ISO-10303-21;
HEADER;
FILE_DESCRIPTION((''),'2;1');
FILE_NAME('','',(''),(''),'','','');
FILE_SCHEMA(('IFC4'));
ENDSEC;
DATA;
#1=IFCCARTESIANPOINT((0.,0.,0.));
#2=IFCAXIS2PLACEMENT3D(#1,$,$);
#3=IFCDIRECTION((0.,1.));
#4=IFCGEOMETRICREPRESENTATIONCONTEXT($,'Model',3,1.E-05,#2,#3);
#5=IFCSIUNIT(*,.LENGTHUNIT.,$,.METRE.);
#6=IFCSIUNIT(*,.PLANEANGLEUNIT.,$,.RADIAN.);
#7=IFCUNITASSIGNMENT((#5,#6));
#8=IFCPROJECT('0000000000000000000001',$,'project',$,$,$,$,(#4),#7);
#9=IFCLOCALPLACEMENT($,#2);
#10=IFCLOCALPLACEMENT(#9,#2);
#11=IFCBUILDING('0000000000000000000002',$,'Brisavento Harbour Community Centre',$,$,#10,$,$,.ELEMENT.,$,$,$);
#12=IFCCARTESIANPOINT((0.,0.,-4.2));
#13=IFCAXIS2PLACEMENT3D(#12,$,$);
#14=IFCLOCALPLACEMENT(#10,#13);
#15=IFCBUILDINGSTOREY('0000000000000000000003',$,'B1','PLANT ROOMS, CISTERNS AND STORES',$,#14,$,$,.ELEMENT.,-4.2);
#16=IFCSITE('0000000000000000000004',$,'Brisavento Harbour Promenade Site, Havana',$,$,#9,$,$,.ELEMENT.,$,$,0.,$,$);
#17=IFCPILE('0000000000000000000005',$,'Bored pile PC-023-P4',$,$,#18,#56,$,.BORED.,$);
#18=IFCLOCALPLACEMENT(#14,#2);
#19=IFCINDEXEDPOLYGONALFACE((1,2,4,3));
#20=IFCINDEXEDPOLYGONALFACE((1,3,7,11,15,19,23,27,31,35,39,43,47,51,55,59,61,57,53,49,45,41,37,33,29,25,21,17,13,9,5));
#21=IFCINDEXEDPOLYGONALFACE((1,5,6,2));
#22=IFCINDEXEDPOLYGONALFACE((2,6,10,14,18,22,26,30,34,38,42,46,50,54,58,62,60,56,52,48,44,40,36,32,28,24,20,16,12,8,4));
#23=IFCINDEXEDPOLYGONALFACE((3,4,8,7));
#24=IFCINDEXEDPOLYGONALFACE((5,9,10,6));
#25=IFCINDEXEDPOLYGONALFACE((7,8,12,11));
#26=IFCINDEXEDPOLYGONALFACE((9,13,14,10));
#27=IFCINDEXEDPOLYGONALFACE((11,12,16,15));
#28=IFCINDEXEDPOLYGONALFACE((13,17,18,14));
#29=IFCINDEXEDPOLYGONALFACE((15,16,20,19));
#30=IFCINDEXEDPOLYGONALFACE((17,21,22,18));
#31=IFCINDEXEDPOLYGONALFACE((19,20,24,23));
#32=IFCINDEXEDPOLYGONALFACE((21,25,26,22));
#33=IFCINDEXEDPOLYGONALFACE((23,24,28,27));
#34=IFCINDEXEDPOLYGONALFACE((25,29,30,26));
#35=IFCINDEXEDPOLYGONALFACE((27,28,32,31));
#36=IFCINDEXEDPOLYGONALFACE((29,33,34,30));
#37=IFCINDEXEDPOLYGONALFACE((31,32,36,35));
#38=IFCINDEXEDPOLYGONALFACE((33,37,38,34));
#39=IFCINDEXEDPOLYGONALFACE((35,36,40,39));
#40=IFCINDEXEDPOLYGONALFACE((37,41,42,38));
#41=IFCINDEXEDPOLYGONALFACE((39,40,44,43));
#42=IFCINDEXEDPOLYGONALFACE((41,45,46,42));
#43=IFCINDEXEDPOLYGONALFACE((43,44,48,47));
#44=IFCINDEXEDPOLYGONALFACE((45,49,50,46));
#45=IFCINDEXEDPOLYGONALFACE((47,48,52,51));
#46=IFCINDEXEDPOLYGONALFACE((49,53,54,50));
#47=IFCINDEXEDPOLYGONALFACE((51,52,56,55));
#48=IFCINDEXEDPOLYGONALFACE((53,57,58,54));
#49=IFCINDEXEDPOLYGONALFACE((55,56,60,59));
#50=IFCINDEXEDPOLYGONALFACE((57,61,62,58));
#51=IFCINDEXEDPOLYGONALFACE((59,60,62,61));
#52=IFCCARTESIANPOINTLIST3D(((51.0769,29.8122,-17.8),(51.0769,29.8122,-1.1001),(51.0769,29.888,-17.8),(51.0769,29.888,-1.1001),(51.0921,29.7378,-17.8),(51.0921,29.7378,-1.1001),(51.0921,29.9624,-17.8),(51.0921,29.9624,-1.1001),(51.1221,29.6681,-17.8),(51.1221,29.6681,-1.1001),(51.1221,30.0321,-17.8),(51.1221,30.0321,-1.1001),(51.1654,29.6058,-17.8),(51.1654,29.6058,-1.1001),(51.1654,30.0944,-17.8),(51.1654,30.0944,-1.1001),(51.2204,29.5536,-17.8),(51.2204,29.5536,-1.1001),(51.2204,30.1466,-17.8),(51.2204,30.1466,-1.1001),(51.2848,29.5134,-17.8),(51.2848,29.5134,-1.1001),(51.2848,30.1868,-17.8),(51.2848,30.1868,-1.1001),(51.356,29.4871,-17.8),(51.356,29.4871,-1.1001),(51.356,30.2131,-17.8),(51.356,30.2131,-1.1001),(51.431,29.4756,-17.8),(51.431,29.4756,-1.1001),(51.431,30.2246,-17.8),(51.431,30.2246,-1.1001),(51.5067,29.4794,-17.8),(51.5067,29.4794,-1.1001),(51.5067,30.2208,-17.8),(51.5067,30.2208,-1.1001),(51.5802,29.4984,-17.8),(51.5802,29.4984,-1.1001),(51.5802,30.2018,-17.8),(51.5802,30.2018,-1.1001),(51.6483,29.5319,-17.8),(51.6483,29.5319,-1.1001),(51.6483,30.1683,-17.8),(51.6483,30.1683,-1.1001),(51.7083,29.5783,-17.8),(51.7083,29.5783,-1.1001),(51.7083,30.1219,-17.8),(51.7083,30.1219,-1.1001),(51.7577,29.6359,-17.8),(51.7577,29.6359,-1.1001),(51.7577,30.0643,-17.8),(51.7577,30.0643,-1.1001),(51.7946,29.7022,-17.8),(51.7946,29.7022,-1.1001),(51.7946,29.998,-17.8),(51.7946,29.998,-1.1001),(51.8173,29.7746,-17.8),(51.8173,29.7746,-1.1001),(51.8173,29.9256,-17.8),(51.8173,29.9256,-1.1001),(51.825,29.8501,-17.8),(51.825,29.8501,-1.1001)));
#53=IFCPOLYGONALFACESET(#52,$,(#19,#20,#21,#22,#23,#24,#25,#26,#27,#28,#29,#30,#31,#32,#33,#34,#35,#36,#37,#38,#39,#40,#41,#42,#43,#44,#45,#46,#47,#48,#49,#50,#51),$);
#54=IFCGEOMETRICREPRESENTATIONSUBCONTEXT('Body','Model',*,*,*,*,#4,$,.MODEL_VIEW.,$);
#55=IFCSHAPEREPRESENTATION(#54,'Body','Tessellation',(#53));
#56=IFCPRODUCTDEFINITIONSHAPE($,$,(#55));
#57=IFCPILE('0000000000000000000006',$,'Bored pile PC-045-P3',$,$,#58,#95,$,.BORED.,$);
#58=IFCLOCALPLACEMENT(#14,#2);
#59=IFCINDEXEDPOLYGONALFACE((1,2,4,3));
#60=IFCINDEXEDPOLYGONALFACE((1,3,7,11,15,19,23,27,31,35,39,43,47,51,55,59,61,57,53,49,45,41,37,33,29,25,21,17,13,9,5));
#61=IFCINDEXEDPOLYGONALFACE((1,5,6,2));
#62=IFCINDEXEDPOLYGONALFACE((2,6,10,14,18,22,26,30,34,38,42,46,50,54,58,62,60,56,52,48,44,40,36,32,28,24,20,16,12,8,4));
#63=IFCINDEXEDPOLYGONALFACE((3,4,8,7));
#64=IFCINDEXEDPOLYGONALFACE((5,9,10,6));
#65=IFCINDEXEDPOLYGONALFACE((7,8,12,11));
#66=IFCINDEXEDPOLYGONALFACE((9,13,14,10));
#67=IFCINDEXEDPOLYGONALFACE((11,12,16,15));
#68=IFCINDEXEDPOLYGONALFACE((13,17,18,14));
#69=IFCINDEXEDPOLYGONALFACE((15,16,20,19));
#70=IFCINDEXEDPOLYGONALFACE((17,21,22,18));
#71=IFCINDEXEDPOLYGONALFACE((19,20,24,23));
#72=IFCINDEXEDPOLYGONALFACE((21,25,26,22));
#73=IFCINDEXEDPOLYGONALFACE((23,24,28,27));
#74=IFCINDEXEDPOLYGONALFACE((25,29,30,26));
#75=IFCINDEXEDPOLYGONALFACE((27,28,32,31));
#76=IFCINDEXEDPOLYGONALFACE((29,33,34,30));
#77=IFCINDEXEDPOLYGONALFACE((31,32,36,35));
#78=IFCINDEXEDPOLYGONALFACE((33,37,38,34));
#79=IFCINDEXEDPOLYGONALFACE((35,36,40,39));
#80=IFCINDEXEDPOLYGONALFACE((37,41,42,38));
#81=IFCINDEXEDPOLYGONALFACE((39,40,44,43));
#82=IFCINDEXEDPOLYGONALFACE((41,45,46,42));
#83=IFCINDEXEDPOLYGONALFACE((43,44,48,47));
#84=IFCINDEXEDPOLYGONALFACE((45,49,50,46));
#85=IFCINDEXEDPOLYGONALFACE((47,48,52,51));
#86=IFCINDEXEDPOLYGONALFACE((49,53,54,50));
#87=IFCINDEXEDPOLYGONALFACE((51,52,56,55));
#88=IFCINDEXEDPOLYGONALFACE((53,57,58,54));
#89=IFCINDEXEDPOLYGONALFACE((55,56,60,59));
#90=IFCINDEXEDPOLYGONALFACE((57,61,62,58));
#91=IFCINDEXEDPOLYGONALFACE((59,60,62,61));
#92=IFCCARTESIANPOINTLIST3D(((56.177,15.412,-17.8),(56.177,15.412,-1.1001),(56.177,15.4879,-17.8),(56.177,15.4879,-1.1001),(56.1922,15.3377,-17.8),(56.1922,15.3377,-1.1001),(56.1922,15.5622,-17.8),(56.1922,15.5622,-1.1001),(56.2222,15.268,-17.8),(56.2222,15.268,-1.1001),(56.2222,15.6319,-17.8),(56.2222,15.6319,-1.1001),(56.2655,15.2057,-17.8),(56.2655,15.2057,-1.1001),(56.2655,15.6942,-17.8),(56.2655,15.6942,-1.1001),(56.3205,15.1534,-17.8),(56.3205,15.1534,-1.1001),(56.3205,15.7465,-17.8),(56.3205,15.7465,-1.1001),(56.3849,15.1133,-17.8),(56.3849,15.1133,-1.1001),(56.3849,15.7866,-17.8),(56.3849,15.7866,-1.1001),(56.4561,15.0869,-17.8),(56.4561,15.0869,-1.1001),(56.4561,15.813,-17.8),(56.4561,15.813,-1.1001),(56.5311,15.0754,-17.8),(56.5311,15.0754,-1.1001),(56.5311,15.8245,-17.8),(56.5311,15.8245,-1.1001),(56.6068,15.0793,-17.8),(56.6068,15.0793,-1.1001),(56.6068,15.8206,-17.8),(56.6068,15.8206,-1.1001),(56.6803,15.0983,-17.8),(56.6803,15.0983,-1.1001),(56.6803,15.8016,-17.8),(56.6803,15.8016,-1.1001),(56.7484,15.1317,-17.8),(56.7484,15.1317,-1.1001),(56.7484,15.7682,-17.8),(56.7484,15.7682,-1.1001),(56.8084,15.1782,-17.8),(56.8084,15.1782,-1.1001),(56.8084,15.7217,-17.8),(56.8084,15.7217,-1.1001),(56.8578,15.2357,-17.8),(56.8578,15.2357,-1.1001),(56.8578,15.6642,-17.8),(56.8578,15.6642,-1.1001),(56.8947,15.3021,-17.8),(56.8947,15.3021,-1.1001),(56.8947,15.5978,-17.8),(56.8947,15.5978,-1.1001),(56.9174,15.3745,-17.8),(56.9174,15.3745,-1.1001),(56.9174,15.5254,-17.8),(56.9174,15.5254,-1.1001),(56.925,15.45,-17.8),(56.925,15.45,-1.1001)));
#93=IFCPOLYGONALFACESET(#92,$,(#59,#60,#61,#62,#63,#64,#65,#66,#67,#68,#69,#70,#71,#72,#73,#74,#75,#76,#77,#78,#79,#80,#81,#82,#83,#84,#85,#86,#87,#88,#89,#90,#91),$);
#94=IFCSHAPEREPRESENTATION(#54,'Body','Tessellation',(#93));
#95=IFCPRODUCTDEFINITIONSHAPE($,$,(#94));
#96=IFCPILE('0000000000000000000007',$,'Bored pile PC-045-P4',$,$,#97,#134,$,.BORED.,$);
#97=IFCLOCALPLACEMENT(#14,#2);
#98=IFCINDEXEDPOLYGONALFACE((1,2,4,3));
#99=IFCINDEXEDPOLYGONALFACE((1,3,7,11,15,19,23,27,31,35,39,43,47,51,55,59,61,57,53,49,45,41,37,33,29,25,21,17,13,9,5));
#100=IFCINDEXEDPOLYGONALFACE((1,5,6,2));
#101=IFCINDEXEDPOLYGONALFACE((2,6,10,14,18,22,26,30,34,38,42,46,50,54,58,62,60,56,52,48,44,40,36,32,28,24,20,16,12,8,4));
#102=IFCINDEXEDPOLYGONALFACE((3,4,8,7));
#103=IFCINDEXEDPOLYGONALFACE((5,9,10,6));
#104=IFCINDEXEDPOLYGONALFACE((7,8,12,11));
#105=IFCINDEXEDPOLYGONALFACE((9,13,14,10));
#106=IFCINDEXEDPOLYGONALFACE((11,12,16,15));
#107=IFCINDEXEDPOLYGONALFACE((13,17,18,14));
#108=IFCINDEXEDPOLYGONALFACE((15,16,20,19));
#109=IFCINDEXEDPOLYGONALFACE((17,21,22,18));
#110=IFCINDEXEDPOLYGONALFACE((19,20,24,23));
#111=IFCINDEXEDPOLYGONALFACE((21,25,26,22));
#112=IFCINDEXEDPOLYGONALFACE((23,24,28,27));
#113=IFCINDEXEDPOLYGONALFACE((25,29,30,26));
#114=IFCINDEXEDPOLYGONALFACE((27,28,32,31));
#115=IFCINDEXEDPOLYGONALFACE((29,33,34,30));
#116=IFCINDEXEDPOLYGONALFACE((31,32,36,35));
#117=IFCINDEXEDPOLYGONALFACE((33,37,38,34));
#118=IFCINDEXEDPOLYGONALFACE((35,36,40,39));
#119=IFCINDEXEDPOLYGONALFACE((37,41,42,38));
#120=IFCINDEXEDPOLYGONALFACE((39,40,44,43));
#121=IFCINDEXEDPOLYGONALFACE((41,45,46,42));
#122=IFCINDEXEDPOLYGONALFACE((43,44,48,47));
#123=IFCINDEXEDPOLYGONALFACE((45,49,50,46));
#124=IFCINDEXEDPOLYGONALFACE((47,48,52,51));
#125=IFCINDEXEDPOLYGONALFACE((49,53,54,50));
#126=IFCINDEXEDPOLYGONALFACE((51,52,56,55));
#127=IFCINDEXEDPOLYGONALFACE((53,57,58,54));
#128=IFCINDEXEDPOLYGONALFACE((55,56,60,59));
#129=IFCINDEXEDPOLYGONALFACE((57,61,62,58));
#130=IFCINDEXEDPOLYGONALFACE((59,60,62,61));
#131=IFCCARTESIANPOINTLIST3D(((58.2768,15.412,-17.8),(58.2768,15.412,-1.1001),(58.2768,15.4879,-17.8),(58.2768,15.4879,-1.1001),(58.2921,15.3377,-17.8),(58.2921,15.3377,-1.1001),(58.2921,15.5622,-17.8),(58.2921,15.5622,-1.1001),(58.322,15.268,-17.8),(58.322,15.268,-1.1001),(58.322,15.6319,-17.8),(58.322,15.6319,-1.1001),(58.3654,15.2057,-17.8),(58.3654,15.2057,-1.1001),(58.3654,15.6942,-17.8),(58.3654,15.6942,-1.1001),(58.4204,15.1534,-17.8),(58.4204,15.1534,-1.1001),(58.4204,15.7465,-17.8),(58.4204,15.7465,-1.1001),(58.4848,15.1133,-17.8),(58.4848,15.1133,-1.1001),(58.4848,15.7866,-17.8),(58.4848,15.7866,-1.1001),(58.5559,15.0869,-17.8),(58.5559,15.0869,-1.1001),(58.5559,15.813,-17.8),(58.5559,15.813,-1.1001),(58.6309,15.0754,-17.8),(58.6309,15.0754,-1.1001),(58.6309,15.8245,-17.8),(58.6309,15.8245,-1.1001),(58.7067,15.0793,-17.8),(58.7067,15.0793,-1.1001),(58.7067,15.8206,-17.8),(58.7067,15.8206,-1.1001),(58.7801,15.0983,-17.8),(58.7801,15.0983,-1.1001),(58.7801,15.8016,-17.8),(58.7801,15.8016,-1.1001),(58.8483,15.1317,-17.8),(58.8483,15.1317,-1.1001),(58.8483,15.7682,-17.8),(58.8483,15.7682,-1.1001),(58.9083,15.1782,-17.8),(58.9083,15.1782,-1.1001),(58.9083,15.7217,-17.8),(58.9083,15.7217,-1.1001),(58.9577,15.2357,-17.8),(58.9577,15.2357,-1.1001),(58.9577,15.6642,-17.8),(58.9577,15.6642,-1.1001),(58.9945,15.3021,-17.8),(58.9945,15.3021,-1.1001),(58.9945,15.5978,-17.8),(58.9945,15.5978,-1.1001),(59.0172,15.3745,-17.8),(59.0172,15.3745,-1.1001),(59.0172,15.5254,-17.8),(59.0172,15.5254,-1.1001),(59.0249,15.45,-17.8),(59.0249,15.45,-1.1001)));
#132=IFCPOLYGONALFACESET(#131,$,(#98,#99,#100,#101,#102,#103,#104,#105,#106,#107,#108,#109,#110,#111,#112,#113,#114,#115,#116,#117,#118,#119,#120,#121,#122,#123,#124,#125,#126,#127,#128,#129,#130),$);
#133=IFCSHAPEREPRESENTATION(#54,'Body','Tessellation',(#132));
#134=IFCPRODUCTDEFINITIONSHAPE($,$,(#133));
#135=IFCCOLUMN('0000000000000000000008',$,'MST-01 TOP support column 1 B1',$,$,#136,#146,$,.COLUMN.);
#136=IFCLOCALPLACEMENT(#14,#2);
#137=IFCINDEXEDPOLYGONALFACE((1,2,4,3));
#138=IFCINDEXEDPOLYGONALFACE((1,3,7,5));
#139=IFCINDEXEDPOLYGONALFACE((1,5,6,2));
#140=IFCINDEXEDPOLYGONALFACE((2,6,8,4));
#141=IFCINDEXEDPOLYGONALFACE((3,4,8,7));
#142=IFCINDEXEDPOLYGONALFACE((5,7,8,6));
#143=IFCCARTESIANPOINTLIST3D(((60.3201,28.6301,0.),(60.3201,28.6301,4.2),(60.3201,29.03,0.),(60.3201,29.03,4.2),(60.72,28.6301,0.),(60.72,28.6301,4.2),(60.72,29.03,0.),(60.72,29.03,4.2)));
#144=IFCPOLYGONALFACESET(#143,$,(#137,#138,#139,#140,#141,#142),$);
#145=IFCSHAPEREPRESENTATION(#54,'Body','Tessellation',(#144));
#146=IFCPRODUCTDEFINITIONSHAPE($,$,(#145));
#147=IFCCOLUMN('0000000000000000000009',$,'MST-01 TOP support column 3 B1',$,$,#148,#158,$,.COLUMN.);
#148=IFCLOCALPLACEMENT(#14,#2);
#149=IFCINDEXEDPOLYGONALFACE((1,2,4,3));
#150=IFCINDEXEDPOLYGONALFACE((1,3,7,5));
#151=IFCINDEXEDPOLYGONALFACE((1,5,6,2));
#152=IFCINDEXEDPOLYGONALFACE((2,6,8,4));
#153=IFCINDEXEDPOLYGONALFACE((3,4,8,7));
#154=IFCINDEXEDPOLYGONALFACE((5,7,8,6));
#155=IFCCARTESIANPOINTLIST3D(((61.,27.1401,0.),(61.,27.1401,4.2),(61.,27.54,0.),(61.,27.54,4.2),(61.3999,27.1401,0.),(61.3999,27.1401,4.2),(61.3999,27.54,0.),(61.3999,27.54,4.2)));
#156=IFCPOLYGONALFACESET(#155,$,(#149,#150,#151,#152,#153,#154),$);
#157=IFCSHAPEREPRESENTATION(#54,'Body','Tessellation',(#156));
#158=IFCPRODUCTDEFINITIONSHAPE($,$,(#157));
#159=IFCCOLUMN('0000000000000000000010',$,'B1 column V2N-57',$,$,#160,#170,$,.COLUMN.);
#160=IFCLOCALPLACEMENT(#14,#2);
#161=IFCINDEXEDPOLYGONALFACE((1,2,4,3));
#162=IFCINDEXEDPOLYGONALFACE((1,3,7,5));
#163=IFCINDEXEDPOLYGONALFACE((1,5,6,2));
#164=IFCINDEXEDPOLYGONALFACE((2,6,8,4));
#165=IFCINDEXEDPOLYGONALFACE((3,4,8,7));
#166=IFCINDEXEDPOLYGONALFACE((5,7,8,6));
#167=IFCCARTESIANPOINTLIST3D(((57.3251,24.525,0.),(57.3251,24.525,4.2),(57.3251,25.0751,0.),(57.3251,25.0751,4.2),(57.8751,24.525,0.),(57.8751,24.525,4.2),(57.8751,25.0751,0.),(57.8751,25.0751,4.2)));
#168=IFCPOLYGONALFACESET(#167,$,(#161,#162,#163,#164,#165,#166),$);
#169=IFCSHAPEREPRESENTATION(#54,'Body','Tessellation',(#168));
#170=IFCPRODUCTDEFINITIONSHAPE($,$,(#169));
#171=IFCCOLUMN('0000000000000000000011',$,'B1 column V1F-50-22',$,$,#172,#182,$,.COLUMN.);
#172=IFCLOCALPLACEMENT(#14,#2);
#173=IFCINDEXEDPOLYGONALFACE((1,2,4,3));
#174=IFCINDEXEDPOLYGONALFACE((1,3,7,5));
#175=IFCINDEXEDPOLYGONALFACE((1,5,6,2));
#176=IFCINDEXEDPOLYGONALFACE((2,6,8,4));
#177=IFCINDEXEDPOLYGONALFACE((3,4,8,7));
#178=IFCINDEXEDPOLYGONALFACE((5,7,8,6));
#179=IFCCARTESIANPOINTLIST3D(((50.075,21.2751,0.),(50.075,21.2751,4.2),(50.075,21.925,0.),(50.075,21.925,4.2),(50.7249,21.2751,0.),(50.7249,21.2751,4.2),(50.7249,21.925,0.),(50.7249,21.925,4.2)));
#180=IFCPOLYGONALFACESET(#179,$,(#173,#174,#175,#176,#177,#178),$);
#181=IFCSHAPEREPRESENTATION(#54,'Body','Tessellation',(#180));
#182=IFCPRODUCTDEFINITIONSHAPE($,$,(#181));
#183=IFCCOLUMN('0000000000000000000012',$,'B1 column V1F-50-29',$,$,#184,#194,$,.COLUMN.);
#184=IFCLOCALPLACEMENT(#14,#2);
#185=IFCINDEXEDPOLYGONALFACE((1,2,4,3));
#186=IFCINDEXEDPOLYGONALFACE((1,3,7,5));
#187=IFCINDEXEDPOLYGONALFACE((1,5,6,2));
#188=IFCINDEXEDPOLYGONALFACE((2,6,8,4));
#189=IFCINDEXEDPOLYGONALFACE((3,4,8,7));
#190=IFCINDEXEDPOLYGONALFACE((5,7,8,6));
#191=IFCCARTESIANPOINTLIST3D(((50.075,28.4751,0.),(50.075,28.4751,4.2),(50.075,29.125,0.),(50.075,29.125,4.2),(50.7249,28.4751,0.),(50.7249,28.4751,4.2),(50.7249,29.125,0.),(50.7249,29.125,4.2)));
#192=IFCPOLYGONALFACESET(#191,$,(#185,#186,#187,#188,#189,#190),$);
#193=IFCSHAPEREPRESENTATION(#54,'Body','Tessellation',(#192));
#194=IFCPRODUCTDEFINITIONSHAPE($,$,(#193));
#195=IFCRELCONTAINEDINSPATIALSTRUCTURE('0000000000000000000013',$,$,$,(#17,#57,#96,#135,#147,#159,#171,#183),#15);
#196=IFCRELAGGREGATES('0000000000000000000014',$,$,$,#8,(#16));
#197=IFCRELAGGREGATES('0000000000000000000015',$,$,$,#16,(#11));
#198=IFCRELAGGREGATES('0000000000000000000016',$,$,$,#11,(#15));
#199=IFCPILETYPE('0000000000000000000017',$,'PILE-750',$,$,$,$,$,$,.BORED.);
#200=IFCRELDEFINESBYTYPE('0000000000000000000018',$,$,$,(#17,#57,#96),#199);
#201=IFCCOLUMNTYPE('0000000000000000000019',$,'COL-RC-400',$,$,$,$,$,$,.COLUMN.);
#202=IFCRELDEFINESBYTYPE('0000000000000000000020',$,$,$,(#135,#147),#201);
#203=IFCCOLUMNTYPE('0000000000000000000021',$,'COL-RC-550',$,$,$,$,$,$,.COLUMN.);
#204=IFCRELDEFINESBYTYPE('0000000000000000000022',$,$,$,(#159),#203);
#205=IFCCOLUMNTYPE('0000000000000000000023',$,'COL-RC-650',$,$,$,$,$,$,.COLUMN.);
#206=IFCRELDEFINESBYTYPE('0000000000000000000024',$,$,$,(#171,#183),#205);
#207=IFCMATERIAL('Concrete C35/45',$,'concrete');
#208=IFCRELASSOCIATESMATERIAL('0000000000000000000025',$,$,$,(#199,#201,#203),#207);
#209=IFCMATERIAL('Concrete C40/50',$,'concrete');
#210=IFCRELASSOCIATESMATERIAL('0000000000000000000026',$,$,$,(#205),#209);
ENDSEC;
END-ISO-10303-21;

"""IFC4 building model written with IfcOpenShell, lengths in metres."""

from ifc_helpers import new_model, si_unit, direction, frame, origin, origin_2d, place, context, subcontext, project, spatial, rectangle, circle, extrude, material, material_profile, profile_set, type_object, element, save


model = new_model("IFC4")

# Units and contexts
model_context = context("Model", 3, precision=1e-05, world=origin(), true_north=direction((0.0, 1.0)))
body_context = subcontext(model_context, "Body", "Model", "MODEL_VIEW")
ifc_project = project(units=[si_unit("LENGTHUNIT", "METRE"), si_unit("PLANEANGLEUNIT", "RADIAN")], contexts=[model_context])

# Site, building, storey
site_placement = place(None, origin())
site = spatial("IfcSite", under=ifc_project, at=site_placement, Name="Brisavento Harbour Promenade Site, Havana", CompositionType="ELEMENT", RefElevation=0.0)
building_placement = place(site_placement, origin())
building = spatial("IfcBuilding", under=site, at=building_placement, Name="Brisavento Harbour Community Centre", CompositionType="ELEMENT")
storey_placement = place(building_placement, frame((0.0, 0.0, -4.2)))
storey = spatial("IfcBuildingStorey", under=building, at=storey_placement, Name="B1", Description="PLANT ROOMS, CISTERNS AND STORES", CompositionType="ELEMENT", Elevation=-4.2)

# Shared definitions
ifc_material_1 = material(Name="Concrete C35/45", Category="concrete")

# Piles
ifc_material_profile_1 = material_profile(ifc_material_1, circle(Radius=0.375, at=origin_2d()), Name="Concrete C35/45")
ifc_profile_set_1 = profile_set([ifc_material_profile_1], Name="Concrete C35/45")
pile_type = type_object("IfcPileType", Name="PILE-750", PredefinedType="BORED", material=ifc_profile_set_1)
for number, where, z_axis, x_axis, name in (
    (1, (51.45, 29.8501, -1.1001), (0.0, 0.0, -1.0), (1.0, 0.0, 0.0), "Bored pile PC-023-P4"),
    (2, (56.55, 15.45, -1.1001), (0.0, 0.0, -1.0), (1.0, 0.0, 0.0), "Bored pile PC-045-P3"),
    (3, (58.6499, 15.45, -1.1001), (0.0, 0.0, -1.0), (1.0, 0.0, 0.0), "Bored pile PC-045-P4"),
):
    element("IfcPile", number, at=place(storey_placement, frame(where, z_axis=z_axis, x_axis=x_axis)), inside=storey, type_object=pile_type, Name=name, PredefinedType="BORED", context=body_context, shape_type="SweptSolid", body=[
        extrude(circle(Radius=0.375, at=origin_2d()), origin(), (0.0, 0.0, 1.0), 16.7),
    ])

# Columns
ifc_material_profile_2 = material_profile(ifc_material_1, rectangle(XDim=0.3999, YDim=0.3999, at=origin_2d()), Name="Concrete C35/45")
ifc_profile_set_2 = profile_set([ifc_material_profile_2], Name="Concrete C35/45")
column_type_1 = type_object("IfcColumnType", Name="COL-RC-400", PredefinedType="COLUMN", material=ifc_profile_set_2)
for number, where, z_axis, x_axis, name in (
    (4, (60.52, 28.8301, 0.0), (0.0, 0.0, 1.0), (1.0, 0.0, 0.0), "MST-01 TOP support column 1 B1"),
    (5, (61.2, 27.3401, 0.0), (0.0, 0.0, 1.0), (1.0, 0.0, 0.0), "MST-01 TOP support column 3 B1"),
):
    element("IfcColumn", number, at=place(storey_placement, frame(where, z_axis=z_axis, x_axis=x_axis)), inside=storey, type_object=column_type_1, Name=name, PredefinedType="COLUMN", context=body_context, shape_type="SweptSolid", body=[
        extrude(rectangle(XDim=0.3999, YDim=0.3999, at=origin_2d()), origin(), (0.0, 0.0, 1.0), 4.2),
    ])
ifc_material_profile_3 = material_profile(ifc_material_1, rectangle(XDim=0.55, YDim=0.55, at=origin_2d()), Name="Concrete C35/45")
ifc_profile_set_3 = profile_set([ifc_material_profile_3], Name="Concrete C35/45")
column_type_2 = type_object("IfcColumnType", Name="COL-RC-550", PredefinedType="COLUMN", material=ifc_profile_set_3)
column_placement = place(storey_placement, frame((57.6001, 24.8, 0.0), z_axis=(0.0, 0.0, 1.0), x_axis=(1.0, 0.0, 0.0)))
element("IfcColumn", 6, at=column_placement, inside=storey, type_object=column_type_2, Name="B1 column V2N-57", PredefinedType="COLUMN", context=body_context, shape_type="SweptSolid", body=[
    extrude(rectangle(XDim=0.55, YDim=0.55, at=origin_2d()), origin(), (0.0, 0.0, 1.0), 4.2),
])
ifc_material_2 = material(Name="Concrete C40/50", Category="concrete")
ifc_material_profile_4 = material_profile(ifc_material_2, rectangle(XDim=0.6499, YDim=0.6499, at=origin_2d()), Name="Concrete C40/50")
ifc_profile_set_4 = profile_set([ifc_material_profile_4], Name="Concrete C40/50")
column_type_3 = type_object("IfcColumnType", Name="COL-RC-650", PredefinedType="COLUMN", material=ifc_profile_set_4)
for number, where, z_axis, x_axis, name in (
    (7, (50.3999, 21.6001, 0.0), (0.0, 0.0, 1.0), (1.0, 0.0, 0.0), "B1 column V1F-50-22"),
    (8, (50.3999, 28.8, 0.0), (0.0, 0.0, 1.0), (1.0, 0.0, 0.0), "B1 column V1F-50-29"),
):
    element("IfcColumn", number, at=place(storey_placement, frame(where, z_axis=z_axis, x_axis=x_axis)), inside=storey, type_object=column_type_3, Name=name, PredefinedType="COLUMN", context=body_context, shape_type="SweptSolid", body=[
        extrude(rectangle(XDim=0.6499, YDim=0.6499, at=origin_2d()), origin(), (0.0, 0.0, 1.0), 4.2),
    ])

save(model, "model.ifc")
